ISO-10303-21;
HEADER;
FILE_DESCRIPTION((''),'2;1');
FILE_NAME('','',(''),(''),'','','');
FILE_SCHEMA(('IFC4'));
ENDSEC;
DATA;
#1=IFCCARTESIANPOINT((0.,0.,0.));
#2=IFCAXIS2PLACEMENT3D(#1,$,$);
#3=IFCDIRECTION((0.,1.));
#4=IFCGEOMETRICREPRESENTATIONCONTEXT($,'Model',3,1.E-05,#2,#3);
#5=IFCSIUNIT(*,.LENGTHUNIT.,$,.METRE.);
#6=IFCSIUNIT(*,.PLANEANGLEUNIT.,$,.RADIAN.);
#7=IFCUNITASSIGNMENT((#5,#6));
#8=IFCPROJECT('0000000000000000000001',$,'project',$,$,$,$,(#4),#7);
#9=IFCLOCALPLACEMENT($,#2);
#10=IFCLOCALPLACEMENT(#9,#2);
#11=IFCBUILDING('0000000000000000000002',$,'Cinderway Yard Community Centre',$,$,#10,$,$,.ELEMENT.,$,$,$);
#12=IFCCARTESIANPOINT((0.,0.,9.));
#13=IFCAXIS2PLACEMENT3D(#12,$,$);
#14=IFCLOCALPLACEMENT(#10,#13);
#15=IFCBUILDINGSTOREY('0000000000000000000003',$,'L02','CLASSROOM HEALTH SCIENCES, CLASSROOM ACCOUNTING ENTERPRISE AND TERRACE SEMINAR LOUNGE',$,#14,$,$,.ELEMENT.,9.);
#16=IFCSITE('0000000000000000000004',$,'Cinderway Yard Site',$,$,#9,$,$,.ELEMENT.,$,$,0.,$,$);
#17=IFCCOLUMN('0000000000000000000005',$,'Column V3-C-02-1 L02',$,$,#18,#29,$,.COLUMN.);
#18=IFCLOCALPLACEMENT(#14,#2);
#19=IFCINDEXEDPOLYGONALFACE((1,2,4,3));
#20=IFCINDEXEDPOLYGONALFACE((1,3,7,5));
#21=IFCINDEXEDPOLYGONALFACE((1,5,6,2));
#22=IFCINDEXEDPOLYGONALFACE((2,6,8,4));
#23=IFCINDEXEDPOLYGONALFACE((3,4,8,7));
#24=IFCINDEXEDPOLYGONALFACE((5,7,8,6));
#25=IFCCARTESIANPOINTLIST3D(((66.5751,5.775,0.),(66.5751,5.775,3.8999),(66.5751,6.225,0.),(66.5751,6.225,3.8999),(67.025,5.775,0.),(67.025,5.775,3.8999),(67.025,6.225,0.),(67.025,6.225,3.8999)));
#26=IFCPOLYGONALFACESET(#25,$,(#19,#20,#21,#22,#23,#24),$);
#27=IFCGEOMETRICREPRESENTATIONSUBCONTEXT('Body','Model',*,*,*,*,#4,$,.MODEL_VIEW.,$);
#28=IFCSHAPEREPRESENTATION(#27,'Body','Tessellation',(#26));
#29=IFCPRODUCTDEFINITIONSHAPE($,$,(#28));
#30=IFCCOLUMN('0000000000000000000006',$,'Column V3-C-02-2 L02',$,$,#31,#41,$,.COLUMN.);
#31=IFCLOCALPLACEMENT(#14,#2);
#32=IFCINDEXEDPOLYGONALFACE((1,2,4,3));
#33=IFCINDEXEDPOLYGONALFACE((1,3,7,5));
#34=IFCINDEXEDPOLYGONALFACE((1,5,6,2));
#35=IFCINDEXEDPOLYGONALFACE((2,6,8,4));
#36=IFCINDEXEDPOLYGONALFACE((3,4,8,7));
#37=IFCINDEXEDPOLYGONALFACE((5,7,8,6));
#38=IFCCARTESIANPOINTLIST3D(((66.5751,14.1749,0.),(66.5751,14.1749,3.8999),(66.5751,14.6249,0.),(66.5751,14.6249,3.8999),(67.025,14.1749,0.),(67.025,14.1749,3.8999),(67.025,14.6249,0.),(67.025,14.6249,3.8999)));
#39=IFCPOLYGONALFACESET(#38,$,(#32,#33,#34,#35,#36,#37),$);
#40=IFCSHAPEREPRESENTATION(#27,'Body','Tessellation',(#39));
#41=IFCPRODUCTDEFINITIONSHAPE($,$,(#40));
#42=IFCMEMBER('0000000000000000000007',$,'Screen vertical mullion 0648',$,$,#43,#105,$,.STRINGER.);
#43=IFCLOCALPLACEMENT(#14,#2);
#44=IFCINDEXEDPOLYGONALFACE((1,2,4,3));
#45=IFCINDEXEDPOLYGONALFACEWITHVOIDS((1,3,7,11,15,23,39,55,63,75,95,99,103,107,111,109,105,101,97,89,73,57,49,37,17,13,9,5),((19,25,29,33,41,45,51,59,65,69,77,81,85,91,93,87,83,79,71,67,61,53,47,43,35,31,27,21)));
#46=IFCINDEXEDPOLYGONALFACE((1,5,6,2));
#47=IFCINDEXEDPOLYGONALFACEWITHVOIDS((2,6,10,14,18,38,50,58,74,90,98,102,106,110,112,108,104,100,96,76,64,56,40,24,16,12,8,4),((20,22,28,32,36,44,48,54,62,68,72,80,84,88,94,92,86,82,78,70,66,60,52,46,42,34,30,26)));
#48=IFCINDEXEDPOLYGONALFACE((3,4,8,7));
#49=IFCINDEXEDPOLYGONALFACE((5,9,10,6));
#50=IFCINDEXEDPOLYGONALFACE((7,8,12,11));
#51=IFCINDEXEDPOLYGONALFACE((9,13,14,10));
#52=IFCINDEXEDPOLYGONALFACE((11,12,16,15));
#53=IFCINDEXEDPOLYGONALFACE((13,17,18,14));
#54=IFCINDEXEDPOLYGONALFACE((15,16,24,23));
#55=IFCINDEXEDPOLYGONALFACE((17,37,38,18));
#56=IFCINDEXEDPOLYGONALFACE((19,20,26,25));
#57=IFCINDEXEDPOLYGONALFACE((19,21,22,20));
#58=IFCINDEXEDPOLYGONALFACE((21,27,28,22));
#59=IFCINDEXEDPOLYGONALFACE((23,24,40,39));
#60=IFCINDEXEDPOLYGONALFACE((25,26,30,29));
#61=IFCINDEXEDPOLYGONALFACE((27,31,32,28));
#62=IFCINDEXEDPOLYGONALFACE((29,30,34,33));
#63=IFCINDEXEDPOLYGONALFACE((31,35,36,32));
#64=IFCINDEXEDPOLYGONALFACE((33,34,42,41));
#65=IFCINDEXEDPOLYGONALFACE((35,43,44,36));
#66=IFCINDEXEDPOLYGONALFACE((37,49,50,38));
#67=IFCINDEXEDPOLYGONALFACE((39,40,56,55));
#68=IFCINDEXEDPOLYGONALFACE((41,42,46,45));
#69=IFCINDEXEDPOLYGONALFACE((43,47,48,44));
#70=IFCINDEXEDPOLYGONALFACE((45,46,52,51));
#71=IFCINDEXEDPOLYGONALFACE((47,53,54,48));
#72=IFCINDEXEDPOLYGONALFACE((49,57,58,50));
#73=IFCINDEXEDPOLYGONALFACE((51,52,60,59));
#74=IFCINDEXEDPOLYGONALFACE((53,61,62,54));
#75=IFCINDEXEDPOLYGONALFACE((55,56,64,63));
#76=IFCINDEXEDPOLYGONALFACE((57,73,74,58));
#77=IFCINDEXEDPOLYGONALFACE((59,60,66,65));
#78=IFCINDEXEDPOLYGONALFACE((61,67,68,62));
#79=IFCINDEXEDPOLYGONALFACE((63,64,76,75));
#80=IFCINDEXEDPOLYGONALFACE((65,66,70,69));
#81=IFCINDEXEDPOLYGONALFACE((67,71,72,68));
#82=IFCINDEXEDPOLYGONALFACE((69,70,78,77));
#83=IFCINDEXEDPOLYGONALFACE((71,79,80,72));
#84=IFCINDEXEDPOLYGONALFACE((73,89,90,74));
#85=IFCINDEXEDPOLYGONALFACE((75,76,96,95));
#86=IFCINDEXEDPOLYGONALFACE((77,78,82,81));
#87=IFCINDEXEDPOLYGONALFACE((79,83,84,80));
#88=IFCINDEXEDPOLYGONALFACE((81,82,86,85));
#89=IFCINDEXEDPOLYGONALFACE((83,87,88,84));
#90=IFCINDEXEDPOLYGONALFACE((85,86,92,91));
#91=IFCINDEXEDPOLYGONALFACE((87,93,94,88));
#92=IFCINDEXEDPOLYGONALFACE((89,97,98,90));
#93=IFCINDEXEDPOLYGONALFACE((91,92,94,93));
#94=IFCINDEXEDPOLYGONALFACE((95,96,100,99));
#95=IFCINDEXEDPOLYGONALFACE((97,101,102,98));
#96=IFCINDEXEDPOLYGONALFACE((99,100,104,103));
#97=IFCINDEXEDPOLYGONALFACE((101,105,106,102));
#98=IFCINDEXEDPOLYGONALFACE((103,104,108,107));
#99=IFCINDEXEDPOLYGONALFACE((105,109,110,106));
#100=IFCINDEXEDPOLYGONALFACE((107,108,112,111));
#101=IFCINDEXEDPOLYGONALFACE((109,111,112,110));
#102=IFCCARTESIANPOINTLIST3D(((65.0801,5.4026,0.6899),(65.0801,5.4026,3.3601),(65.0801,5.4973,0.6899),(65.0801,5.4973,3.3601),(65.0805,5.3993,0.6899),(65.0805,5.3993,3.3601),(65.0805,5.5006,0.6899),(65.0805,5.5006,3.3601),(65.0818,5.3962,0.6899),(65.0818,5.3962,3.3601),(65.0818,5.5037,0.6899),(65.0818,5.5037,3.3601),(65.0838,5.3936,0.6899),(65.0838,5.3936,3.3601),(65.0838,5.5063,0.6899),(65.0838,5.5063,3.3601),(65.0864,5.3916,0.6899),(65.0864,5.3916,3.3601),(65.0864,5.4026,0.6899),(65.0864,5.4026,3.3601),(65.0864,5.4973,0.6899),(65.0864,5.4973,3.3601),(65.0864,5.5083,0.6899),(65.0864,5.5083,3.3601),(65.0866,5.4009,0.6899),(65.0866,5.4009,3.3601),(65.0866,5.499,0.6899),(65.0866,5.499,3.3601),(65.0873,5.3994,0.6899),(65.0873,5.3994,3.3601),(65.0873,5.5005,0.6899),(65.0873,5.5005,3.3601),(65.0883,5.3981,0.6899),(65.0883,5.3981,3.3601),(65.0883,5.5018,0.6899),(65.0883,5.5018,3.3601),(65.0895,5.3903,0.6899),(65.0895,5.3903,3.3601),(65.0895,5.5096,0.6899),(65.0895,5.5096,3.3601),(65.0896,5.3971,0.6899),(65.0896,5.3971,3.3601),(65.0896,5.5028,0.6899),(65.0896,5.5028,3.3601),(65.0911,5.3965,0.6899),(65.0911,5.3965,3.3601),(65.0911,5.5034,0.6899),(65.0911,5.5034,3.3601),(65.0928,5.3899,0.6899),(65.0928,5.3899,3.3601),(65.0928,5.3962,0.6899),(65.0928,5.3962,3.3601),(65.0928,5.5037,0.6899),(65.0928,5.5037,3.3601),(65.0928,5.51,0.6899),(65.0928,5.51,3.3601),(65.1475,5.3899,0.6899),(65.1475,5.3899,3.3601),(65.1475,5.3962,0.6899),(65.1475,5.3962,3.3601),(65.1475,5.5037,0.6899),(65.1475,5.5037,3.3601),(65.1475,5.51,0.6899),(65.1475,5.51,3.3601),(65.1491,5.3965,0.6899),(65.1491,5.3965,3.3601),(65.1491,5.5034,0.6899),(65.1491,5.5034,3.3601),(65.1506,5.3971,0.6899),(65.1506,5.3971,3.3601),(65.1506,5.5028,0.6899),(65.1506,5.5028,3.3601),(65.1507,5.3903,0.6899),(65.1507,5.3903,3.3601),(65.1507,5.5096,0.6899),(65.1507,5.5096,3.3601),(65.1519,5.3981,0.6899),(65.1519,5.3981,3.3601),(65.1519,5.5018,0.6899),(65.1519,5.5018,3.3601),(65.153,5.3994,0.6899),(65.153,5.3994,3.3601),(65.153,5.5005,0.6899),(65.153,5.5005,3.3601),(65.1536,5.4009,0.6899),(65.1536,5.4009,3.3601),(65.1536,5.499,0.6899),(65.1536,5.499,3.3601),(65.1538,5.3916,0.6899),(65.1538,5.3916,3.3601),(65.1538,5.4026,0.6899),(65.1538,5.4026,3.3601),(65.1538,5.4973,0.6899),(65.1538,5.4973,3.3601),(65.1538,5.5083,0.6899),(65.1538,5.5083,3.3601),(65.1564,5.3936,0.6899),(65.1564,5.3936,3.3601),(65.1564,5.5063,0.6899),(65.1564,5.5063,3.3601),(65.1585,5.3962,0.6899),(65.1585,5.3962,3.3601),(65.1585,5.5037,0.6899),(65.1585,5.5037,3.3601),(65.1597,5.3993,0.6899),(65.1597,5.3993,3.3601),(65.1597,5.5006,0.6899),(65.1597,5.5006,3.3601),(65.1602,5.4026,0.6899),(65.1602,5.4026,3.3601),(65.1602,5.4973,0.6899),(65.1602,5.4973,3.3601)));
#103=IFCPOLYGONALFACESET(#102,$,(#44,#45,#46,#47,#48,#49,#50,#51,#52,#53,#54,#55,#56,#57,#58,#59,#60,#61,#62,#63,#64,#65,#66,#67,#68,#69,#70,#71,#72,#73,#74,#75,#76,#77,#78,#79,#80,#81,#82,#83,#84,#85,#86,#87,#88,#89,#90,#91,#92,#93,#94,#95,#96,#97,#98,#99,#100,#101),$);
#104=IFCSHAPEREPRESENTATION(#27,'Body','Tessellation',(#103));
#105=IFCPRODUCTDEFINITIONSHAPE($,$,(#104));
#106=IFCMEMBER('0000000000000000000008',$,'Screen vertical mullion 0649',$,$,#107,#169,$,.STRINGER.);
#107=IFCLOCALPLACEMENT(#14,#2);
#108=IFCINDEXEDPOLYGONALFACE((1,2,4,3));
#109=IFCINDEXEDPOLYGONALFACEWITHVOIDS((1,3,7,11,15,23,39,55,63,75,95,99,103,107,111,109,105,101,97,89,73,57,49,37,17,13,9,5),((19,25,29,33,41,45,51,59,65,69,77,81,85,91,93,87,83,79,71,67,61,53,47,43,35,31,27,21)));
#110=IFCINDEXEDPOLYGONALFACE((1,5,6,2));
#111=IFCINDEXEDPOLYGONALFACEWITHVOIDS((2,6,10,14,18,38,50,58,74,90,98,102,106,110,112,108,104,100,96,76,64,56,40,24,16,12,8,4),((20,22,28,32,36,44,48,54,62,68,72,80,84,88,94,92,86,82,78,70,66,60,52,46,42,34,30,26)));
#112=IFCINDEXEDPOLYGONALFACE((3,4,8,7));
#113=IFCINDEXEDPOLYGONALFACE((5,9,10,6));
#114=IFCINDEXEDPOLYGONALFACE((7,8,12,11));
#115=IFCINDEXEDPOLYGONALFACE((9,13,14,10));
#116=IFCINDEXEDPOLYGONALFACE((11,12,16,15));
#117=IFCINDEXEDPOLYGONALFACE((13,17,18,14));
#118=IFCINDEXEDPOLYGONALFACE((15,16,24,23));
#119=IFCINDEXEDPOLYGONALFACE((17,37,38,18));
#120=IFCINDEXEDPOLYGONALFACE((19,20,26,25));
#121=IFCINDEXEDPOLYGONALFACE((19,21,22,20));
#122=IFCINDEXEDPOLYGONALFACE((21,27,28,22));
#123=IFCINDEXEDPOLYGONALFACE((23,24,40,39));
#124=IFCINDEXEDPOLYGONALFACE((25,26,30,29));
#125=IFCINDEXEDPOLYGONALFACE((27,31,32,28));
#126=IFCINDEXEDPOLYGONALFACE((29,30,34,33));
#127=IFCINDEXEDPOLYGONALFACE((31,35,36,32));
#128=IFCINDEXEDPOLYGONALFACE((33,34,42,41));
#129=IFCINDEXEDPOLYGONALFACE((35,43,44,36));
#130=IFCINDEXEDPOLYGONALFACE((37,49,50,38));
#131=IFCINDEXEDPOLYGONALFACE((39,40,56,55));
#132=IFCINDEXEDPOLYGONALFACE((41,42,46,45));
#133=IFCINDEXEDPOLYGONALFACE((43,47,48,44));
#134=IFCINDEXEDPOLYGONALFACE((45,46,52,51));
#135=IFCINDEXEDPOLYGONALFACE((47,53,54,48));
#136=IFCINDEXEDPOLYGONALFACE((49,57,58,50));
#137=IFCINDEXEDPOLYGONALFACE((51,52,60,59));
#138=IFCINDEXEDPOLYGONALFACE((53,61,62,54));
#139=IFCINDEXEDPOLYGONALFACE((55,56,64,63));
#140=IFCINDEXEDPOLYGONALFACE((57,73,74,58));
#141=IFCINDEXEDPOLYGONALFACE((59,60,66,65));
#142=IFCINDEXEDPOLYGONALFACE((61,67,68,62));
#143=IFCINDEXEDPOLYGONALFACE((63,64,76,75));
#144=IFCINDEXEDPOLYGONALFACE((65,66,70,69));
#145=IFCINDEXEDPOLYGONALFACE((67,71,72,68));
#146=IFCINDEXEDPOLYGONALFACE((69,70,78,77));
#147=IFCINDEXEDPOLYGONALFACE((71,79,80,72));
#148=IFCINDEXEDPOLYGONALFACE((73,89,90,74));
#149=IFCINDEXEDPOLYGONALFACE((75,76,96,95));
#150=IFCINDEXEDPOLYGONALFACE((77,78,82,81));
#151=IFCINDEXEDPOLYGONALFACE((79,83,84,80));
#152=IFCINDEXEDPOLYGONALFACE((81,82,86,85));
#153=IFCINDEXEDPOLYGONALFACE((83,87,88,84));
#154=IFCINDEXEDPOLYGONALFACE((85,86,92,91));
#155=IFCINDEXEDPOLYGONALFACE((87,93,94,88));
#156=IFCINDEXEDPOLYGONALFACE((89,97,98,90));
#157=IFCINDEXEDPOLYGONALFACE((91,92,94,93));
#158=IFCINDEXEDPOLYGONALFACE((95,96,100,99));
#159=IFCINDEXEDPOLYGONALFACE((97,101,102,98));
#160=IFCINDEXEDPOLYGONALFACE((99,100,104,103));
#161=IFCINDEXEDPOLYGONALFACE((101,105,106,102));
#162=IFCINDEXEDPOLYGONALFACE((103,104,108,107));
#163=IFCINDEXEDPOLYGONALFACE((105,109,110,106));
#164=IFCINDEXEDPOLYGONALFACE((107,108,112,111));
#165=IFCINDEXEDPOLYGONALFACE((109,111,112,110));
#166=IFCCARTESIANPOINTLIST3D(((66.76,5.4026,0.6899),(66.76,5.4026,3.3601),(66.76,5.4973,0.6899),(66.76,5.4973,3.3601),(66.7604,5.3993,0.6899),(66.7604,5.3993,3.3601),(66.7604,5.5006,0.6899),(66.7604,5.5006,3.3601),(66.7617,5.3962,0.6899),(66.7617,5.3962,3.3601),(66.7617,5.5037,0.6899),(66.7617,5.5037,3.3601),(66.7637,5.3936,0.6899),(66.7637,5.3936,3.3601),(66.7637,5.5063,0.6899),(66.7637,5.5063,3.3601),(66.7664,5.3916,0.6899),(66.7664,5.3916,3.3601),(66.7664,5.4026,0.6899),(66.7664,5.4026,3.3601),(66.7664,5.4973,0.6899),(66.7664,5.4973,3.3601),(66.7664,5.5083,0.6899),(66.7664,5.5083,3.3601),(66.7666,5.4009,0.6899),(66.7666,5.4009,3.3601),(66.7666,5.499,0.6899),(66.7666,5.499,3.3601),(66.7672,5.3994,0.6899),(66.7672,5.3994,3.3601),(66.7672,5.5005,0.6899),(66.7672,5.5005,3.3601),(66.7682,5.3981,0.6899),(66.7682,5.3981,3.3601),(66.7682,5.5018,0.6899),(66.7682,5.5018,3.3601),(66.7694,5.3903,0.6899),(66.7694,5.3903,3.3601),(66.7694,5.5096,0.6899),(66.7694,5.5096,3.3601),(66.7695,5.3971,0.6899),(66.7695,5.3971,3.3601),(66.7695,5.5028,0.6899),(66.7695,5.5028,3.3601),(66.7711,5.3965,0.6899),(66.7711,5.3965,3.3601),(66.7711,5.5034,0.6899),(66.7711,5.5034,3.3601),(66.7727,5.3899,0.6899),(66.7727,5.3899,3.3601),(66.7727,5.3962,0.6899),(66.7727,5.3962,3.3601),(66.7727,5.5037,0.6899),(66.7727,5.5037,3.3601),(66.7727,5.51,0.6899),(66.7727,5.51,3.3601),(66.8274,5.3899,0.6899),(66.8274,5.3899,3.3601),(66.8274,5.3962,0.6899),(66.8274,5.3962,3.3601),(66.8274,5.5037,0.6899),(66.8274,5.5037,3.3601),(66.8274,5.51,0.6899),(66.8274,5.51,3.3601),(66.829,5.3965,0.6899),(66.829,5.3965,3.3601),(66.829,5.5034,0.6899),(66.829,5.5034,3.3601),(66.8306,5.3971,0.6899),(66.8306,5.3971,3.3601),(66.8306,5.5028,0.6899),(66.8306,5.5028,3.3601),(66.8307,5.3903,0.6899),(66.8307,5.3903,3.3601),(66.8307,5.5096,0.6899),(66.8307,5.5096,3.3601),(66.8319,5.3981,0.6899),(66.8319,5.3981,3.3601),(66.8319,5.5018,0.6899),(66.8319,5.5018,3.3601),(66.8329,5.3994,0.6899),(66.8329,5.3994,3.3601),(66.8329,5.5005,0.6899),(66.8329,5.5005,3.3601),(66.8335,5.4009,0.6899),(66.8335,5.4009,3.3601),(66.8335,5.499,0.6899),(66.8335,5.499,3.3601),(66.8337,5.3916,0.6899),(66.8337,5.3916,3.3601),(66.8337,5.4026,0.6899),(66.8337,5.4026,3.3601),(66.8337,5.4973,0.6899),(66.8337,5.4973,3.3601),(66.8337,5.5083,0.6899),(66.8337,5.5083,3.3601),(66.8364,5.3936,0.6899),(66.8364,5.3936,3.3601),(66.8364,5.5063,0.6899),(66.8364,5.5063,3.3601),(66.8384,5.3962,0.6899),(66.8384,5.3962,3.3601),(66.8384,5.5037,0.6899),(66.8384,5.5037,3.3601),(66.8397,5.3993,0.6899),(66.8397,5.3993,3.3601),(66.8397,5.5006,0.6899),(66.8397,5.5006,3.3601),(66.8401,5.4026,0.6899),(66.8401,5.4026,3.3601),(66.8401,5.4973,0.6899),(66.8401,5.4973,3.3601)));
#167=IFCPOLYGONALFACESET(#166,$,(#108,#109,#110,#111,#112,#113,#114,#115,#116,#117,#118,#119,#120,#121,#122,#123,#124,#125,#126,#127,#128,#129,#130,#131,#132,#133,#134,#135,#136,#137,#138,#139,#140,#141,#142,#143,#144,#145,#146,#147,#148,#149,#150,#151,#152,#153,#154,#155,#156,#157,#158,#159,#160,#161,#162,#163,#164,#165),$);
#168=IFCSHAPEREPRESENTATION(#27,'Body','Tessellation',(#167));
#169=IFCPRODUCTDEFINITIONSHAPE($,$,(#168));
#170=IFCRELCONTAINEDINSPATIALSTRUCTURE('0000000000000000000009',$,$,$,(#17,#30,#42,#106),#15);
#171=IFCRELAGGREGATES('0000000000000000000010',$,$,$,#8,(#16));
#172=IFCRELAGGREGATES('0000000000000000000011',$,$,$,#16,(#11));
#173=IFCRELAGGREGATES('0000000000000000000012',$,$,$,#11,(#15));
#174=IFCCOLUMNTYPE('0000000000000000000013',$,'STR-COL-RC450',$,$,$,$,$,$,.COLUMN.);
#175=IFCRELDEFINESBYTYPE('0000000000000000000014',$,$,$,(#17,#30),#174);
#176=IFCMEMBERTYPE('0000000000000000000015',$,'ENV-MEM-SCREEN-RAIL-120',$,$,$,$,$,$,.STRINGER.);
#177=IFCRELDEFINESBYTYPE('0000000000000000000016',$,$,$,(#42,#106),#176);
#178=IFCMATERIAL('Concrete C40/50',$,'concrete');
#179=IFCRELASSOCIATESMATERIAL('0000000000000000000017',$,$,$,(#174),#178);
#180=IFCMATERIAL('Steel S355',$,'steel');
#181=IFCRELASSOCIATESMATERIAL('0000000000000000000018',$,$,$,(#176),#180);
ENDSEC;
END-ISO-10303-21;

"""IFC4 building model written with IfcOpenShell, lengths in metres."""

from ifc_helpers import new_model, si_unit, direction, frame, origin, origin_2d, place, context, subcontext, project, spatial, rectangle, hollow_rectangle, extrude, material, material_profile, profile_set, type_object, element, save


model = new_model("IFC4")

# Units and contexts
model_context = context("Model", 3, precision=1e-05, world=origin(), true_north=direction((0.0, 1.0)))
body_context = subcontext(model_context, "Body", "Model", "MODEL_VIEW")
ifc_project = project(units=[si_unit("LENGTHUNIT", "METRE"), si_unit("PLANEANGLEUNIT", "RADIAN")], contexts=[model_context])

# Site, building, storey
site_placement = place(None, origin())
site = spatial("IfcSite", under=ifc_project, at=site_placement, Name="Cinderway Yard Site", CompositionType="ELEMENT", RefElevation=0.0)
building_placement = place(site_placement, origin())
building = spatial("IfcBuilding", under=site, at=building_placement, Name="Cinderway Yard Community Centre", CompositionType="ELEMENT")
storey_placement = place(building_placement, frame((0.0, 0.0, 9.0)))
storey = spatial("IfcBuildingStorey", under=building, at=storey_placement, Name="L02", Description="CLASSROOM HEALTH SCIENCES, CLASSROOM ACCOUNTING ENTERPRISE AND TERRACE SEMINAR LOUNGE", CompositionType="ELEMENT", Elevation=9.0)

# Columns
ifc_material_1 = material(Name="Concrete C40/50", Category="concrete")
ifc_material_profile_1 = material_profile(ifc_material_1, rectangle(XDim=0.45, YDim=0.45, at=origin_2d()), Name="Concrete C40/50")
ifc_profile_set_1 = profile_set([ifc_material_profile_1], Name="Concrete C40/50")
column_type = type_object("IfcColumnType", Name="STR-COL-RC450", PredefinedType="COLUMN", material=ifc_profile_set_1)
for number, where, z_axis, x_axis, name in (
    (1, (66.8, 6.0, 0.0), (0.0, 0.0, 1.0), (1.0, 0.0, 0.0), "Column V3-C-02-1 L02"),
    (2, (66.8, 14.3999, 0.0), (0.0, 0.0, 1.0), (1.0, 0.0, 0.0), "Column V3-C-02-2 L02"),
):
    element("IfcColumn", number, at=place(storey_placement, frame(where, z_axis=z_axis, x_axis=x_axis)), inside=storey, type_object=column_type, Name=name, PredefinedType="COLUMN", context=body_context, shape_type="SweptSolid", body=[
        extrude(rectangle(XDim=0.45, YDim=0.45, at=origin_2d()), origin(), (0.0, 0.0, 1.0), 3.8999),
    ])

# Members
ifc_material_2 = material(Name="Steel S355", Category="steel")
ifc_material_profile_2 = material_profile(ifc_material_2, hollow_rectangle(XDim=0.0801, YDim=0.1201, WallThickness=0.0063, InnerFilletRadius=0.0063, OuterFilletRadius=0.0127, at=origin_2d()), Name="Steel S355")
ifc_profile_set_2 = profile_set([ifc_material_profile_2], Name="Steel S355")
member_type_1 = type_object("IfcMemberType", Name="ENV-MEM-SCREEN-RAIL-120", PredefinedType="STRINGER", material=ifc_profile_set_2)
for number, where, z_axis, x_axis, name in (
    (3, (65.1201, 5.45, 0.6899), (0.0, 0.0, 1.0), (1.0, 0.0, 0.0), "Screen vertical mullion 0648"),
    (4, (66.8, 5.45, 0.6899), (0.0, 0.0, 1.0), (1.0, 0.0, 0.0), "Screen vertical mullion 0649"),
):
    element("IfcMember", number, at=place(storey_placement, frame(where, z_axis=z_axis, x_axis=x_axis)), inside=storey, type_object=member_type_1, Name=name, PredefinedType="STRINGER", context=body_context, shape_type="SweptSolid", body=[
        extrude(hollow_rectangle(XDim=0.0801, YDim=0.1201, WallThickness=0.0063, InnerFilletRadius=0.0063, OuterFilletRadius=0.0127, at=origin_2d()), origin(), (0.0, 0.0, 1.0), 2.6702),
    ])

save(model, "model.ifc")
